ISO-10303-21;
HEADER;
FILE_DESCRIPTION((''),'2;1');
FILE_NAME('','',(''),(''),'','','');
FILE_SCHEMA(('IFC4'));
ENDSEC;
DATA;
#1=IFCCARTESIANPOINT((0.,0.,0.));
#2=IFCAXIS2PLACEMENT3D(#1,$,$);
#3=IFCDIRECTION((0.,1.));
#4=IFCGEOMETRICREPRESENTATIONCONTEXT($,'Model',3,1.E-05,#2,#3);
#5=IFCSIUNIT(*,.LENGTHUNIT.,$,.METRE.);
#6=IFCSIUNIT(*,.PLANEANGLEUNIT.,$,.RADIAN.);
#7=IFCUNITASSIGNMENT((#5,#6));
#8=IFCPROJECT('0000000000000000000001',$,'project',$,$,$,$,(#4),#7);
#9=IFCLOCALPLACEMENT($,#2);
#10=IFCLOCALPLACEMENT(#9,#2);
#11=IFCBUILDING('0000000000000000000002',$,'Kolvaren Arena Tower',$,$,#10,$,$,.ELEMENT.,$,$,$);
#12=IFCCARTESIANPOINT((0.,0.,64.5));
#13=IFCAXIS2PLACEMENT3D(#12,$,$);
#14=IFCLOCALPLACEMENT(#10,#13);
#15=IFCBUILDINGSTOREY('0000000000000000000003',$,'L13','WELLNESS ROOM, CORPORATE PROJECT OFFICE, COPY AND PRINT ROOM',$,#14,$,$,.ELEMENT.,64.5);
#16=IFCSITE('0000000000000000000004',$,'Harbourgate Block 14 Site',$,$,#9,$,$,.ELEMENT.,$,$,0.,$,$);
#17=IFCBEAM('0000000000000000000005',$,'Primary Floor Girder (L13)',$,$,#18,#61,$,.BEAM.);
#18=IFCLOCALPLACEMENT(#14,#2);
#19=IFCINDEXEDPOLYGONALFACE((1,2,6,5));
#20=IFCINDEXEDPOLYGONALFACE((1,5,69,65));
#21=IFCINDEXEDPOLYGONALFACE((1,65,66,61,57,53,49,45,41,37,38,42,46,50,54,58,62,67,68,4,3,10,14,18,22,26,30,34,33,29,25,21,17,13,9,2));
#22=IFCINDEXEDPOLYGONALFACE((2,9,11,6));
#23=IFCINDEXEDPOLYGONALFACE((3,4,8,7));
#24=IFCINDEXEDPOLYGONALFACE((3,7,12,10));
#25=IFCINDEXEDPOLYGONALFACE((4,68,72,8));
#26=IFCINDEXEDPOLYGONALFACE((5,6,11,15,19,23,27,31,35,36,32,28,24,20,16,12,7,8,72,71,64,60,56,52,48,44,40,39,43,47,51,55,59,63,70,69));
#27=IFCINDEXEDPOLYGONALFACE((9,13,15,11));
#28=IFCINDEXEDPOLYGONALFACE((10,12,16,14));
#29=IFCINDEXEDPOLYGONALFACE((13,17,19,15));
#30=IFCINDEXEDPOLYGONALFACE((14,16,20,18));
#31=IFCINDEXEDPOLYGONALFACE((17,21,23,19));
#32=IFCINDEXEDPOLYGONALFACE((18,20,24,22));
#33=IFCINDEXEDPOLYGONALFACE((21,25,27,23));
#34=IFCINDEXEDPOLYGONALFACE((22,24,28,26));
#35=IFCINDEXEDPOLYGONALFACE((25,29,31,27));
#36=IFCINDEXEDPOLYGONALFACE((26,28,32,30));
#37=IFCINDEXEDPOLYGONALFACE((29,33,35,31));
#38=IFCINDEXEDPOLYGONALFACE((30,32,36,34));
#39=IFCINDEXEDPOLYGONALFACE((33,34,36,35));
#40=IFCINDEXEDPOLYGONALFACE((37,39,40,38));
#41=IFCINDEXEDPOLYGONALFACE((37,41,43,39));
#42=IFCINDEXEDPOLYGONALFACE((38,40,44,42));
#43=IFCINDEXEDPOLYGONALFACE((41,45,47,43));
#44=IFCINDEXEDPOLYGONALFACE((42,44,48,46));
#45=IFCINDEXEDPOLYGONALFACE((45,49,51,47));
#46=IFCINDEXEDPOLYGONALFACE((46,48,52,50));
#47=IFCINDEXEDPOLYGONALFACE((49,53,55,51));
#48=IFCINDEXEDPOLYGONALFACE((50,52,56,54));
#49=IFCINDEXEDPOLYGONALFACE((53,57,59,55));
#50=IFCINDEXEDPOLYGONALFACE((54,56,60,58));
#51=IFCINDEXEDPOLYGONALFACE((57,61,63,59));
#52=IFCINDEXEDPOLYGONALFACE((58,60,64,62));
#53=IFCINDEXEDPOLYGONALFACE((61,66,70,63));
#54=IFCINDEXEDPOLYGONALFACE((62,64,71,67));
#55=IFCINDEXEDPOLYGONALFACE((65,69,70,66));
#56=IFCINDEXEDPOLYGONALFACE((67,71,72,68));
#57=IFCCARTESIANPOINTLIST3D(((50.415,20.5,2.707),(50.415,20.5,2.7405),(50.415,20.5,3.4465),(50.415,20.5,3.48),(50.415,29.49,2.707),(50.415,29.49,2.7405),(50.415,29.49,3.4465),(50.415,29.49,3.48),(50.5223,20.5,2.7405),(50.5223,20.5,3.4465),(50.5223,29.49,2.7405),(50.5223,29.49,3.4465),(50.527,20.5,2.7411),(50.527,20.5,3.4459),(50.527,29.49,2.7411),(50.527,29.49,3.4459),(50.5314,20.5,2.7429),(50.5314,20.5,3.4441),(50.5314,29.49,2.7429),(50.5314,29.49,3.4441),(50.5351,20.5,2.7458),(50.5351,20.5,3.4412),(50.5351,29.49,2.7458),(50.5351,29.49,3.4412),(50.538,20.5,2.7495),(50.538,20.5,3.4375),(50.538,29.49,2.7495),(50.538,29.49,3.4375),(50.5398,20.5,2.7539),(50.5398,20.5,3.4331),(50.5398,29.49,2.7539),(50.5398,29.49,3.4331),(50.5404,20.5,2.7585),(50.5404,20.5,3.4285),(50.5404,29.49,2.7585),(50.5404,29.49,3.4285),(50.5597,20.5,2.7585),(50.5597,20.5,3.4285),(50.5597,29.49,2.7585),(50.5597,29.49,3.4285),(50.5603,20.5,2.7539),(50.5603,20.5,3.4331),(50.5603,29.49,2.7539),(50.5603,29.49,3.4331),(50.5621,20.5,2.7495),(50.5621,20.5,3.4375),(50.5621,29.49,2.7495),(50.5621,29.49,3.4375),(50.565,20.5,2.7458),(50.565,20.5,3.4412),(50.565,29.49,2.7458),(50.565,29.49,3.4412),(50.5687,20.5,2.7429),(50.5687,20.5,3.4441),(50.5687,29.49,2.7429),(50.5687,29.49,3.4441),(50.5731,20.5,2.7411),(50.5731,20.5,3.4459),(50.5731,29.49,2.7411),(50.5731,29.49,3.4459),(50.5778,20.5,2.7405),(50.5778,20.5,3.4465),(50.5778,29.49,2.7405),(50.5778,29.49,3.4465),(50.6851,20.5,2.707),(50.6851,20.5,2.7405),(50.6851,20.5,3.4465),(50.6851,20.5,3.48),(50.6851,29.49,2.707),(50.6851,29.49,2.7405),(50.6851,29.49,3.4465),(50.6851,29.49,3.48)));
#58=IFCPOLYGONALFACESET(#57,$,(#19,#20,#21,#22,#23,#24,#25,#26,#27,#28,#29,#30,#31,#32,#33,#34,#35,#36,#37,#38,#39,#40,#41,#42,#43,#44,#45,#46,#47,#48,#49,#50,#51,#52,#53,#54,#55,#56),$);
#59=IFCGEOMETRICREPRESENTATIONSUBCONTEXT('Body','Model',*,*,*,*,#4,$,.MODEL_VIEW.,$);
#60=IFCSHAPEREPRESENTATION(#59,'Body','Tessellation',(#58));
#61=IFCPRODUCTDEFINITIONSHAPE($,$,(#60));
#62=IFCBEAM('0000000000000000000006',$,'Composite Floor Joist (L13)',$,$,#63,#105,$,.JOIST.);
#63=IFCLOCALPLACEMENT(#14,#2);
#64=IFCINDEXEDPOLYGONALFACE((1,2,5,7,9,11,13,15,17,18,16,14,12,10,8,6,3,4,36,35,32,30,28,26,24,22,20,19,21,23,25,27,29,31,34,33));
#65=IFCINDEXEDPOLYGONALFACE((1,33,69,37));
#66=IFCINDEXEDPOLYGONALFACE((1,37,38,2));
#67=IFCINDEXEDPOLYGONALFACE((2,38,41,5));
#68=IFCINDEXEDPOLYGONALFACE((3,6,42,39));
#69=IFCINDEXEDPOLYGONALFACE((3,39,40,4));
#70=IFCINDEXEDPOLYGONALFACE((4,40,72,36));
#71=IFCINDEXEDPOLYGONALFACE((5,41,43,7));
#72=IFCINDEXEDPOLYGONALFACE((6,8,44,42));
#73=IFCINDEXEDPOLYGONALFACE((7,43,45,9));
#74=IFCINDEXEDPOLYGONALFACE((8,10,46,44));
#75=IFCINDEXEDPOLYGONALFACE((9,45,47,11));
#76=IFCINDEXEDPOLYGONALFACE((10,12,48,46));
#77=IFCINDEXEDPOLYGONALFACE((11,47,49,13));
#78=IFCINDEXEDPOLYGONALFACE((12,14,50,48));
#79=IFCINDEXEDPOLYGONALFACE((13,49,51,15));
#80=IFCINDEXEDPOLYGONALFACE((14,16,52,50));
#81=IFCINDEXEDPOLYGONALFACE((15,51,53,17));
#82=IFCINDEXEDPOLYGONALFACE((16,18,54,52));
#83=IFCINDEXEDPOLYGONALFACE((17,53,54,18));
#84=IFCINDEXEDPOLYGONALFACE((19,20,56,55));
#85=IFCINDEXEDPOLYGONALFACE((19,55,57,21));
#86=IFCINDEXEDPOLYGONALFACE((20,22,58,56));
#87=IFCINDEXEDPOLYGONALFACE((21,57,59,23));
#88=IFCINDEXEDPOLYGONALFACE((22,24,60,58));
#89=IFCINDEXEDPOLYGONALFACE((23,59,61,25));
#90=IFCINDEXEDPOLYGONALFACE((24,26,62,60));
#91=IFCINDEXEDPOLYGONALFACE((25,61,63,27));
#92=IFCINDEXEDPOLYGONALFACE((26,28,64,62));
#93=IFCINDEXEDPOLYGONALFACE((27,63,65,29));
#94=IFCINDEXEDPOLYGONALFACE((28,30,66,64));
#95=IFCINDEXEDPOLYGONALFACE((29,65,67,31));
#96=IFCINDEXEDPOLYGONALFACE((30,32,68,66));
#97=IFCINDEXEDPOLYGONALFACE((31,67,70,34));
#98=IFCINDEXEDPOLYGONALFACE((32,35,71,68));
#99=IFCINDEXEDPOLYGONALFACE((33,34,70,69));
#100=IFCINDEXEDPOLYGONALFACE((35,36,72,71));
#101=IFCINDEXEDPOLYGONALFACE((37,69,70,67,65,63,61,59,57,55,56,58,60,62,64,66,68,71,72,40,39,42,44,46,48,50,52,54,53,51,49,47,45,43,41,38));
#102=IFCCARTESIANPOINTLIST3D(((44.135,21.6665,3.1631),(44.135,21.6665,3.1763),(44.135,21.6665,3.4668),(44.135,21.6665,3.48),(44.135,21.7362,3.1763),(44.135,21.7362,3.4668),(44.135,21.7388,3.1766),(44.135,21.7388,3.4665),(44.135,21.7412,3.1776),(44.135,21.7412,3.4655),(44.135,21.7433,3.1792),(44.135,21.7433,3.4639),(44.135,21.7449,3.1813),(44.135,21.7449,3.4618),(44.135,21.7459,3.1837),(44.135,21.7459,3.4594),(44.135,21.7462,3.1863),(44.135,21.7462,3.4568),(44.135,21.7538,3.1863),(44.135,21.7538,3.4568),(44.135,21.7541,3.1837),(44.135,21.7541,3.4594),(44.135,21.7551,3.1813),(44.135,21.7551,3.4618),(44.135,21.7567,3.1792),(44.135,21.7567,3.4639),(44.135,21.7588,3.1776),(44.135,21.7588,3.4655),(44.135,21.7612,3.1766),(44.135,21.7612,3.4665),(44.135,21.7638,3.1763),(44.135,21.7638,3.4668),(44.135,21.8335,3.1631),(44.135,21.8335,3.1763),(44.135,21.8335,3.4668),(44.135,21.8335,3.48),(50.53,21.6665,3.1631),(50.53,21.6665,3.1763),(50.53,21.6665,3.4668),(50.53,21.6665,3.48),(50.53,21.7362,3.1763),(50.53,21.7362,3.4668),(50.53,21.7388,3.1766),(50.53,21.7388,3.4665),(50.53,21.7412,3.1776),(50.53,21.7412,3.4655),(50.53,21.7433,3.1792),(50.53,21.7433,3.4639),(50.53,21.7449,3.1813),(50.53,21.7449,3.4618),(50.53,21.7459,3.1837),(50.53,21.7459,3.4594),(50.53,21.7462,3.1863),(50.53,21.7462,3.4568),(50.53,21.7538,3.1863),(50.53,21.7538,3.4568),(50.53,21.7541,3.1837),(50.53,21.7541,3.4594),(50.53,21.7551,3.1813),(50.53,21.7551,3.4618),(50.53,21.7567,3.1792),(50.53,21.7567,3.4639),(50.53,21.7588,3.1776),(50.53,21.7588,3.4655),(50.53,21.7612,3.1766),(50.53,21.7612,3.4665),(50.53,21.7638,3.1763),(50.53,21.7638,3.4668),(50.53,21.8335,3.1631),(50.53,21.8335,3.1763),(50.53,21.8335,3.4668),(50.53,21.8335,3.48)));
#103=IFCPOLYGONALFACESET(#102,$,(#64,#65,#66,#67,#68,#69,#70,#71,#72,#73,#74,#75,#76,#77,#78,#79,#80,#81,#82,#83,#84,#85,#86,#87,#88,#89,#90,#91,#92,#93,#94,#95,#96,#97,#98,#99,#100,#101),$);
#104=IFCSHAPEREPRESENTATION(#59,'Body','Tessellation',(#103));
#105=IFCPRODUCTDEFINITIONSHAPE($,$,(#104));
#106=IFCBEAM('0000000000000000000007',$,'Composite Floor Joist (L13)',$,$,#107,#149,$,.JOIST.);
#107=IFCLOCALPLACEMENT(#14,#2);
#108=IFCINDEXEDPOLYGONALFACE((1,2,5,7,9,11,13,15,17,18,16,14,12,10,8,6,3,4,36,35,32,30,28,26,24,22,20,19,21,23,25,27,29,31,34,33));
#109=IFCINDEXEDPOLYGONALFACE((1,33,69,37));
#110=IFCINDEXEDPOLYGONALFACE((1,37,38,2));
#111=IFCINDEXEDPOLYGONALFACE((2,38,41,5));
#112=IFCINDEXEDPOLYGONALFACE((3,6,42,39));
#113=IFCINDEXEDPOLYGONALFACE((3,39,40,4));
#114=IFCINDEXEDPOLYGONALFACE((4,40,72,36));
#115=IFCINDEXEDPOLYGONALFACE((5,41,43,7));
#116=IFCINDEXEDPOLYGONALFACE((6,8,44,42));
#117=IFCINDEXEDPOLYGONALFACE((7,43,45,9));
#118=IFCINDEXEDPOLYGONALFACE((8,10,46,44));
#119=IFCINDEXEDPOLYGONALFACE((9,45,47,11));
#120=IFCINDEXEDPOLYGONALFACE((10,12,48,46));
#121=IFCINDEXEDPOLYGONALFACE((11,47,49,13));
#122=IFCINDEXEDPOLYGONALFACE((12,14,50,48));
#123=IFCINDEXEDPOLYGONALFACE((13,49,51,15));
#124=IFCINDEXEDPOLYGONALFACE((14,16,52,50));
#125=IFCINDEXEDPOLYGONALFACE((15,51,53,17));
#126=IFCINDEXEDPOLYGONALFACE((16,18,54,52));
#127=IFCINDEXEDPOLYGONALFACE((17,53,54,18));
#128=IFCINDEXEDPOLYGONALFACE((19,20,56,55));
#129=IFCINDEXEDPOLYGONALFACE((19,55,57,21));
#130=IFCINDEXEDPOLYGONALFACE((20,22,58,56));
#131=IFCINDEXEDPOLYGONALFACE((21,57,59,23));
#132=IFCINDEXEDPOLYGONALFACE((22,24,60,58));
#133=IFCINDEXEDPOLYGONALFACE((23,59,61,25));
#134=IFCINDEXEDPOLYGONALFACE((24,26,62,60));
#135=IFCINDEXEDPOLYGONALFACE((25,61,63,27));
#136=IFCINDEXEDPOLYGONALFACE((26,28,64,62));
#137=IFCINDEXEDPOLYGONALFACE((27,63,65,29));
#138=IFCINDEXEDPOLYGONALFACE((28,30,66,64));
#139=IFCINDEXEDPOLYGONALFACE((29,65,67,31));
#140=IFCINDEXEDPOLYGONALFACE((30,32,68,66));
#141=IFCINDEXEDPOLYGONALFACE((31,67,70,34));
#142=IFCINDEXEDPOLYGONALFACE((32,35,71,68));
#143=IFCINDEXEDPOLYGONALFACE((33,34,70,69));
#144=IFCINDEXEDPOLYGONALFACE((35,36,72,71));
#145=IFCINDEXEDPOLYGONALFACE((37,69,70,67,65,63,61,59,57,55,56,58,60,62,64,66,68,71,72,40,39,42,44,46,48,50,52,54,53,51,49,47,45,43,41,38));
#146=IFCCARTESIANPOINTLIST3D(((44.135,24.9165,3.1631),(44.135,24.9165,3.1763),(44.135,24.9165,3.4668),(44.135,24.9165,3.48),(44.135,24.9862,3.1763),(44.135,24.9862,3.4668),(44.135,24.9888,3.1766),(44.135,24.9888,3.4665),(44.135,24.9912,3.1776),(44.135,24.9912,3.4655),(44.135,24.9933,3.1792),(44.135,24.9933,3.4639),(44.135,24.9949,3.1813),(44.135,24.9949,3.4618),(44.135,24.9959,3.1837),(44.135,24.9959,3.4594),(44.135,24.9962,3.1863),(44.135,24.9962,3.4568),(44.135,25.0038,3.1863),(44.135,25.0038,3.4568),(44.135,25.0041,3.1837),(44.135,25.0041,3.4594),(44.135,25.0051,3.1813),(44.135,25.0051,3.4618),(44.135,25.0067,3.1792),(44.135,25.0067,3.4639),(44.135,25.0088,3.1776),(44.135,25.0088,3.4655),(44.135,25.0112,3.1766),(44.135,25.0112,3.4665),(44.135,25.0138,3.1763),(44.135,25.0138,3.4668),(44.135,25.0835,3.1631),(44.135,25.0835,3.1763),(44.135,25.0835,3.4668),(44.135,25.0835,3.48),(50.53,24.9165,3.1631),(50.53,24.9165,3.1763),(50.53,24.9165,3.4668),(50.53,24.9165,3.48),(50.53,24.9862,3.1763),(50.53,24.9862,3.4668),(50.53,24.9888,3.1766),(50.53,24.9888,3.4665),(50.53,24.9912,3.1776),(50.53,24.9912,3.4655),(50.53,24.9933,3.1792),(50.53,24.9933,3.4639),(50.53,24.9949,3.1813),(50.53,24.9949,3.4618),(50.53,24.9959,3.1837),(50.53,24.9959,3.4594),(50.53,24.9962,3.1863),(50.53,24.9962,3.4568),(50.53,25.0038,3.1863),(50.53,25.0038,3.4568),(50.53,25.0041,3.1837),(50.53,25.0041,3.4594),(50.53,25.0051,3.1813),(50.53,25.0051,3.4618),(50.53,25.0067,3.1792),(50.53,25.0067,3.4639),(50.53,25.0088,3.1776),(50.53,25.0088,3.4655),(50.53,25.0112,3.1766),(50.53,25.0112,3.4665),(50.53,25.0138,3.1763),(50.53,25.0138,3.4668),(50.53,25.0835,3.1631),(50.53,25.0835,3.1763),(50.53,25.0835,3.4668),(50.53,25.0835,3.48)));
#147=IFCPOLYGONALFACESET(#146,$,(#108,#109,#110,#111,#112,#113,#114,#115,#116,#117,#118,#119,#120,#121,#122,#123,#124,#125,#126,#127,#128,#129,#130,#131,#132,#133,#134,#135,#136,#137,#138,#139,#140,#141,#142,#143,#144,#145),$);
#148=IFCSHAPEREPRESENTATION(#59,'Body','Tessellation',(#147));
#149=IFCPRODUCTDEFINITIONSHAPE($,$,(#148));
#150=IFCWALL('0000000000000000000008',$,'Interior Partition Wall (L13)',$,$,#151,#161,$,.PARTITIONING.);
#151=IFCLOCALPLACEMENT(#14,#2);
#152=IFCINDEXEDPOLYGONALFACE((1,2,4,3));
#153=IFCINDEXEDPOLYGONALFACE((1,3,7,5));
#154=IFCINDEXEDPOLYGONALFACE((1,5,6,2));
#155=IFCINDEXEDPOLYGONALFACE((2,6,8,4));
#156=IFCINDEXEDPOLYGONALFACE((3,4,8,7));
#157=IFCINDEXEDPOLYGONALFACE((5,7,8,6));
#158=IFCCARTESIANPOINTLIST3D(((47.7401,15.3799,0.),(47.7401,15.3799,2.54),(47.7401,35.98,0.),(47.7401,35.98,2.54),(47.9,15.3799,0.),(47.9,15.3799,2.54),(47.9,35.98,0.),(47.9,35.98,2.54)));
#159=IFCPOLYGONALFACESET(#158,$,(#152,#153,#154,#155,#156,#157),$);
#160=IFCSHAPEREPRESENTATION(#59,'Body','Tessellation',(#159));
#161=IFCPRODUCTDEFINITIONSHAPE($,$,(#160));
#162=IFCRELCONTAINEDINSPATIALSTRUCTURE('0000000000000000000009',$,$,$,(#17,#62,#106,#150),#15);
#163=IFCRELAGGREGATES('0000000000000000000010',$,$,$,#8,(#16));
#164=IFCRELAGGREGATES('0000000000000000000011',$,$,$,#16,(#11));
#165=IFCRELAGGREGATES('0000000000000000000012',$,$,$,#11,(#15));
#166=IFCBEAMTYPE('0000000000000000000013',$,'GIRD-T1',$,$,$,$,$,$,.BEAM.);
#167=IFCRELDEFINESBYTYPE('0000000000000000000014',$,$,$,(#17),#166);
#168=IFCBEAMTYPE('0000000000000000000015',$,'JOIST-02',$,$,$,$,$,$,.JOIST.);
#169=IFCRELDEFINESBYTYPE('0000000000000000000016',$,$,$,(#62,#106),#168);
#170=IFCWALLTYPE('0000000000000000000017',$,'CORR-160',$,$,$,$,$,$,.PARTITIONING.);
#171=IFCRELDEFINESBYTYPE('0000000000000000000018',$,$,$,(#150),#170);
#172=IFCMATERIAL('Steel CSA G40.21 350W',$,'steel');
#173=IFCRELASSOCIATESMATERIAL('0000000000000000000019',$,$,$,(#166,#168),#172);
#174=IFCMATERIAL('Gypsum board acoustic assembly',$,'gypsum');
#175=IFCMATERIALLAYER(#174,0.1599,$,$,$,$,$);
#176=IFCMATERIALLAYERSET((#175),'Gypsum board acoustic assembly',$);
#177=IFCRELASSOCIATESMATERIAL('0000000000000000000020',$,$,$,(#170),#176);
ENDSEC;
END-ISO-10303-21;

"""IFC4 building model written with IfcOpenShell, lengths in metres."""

from ifc_helpers import new_model, si_unit, direction, frame, frame_2d, origin, origin_2d, place, context, subcontext, project, spatial, rectangle, i_section, extrude, material, layer, layer_set, material_profile, profile_set, type_object, element, save


model = new_model("IFC4")

# Units and contexts
model_context = context("Model", 3, precision=1e-05, world=origin(), true_north=direction((0.0, 1.0)))
body_context = subcontext(model_context, "Body", "Model", "MODEL_VIEW")
ifc_project = project(units=[si_unit("LENGTHUNIT", "METRE"), si_unit("PLANEANGLEUNIT", "RADIAN")], contexts=[model_context])

# Site, building, storey
site_placement = place(None, origin())
site = spatial("IfcSite", under=ifc_project, at=site_placement, Name="Harbourgate Block 14 Site", CompositionType="ELEMENT", RefElevation=0.0)
building_placement = place(site_placement, origin())
building = spatial("IfcBuilding", under=site, at=building_placement, Name="Kolvaren Arena Tower", CompositionType="ELEMENT")
storey_placement = place(building_placement, frame((0.0, 0.0, 64.5)))
storey = spatial("IfcBuildingStorey", under=building, at=storey_placement, Name="L13", Description="WELLNESS ROOM, CORPORATE PROJECT OFFICE, COPY AND PRINT ROOM", CompositionType="ELEMENT", Elevation=64.5)

# Beams
ifc_material_1 = material(Name="Steel CSA G40.21 350W", Category="steel")
ifc_material_profile_1 = material_profile(ifc_material_1, i_section(OverallWidth=0.27, OverallDepth=0.7729, WebThickness=0.0193, FlangeThickness=0.0334, FilletRadius=0.0181, at=origin_2d()), Name="W760x257")
ifc_profile_set_1 = profile_set([ifc_material_profile_1], Name="Steel CSA G40.21 350W")
beam_type_1 = type_object("IfcBeamType", Name="GIRD-T1", PredefinedType="BEAM", material=ifc_profile_set_1)
beam_1_placement = place(storey_placement, frame((50.55, 20.5, 3.0935), z_axis=(0.0, 1.0, 0.0), x_axis=(-1.0, 0.0, 0.0)))
element("IfcBeam", 1, at=beam_1_placement, inside=storey, type_object=beam_type_1, Name="Primary Floor Girder (L13)", PredefinedType="BEAM", context=body_context, shape_type="SweptSolid", body=[
    extrude(i_section(OverallWidth=0.27, OverallDepth=0.7729, WebThickness=0.0193, FlangeThickness=0.0334, FilletRadius=0.0181, at=origin_2d()), origin(), (0.0, 0.0, 1.0), 8.99),
])
ifc_material_profile_2 = material_profile(ifc_material_1, i_section(OverallWidth=0.167, OverallDepth=0.3169, WebThickness=0.0076, FlangeThickness=0.0132, FilletRadius=0.01, at=origin_2d()), Name="W310x52")
ifc_profile_set_2 = profile_set([ifc_material_profile_2], Name="Steel CSA G40.21 350W")
beam_type_2 = type_object("IfcBeamType", Name="JOIST-02", PredefinedType="JOIST", material=ifc_profile_set_2)
for number, where, z_axis, x_axis, name in (
    (2, (44.135, 21.75, 3.3215), (1.0, 0.0, 0.0), (0.0, 1.0, 0.0), "Composite Floor Joist (L13)"),
    (3, (44.135, 25.0, 3.3215), (1.0, 0.0, 0.0), (0.0, 1.0, 0.0), "Composite Floor Joist (L13)"),
):
    element("IfcBeam", number, at=place(storey_placement, frame(where, z_axis=z_axis, x_axis=x_axis)), inside=storey, type_object=beam_type_2, Name=name, PredefinedType="JOIST", context=body_context, shape_type="SweptSolid", body=[
        extrude(i_section(OverallWidth=0.167, OverallDepth=0.3169, WebThickness=0.0076, FlangeThickness=0.0132, FilletRadius=0.01, at=origin_2d()), origin(), (0.0, 0.0, 1.0), 6.395),
    ])

# Wall
ifc_material_2 = material(Name="Gypsum board acoustic assembly", Category="gypsum")
ifc_layer_1 = layer(ifc_material_2, 0.1599)
ifc_layer_set_1 = layer_set([ifc_layer_1], Name="Gypsum board acoustic assembly")
wall_type_1 = type_object("IfcWallType", Name="CORR-160", PredefinedType="PARTITIONING", material=ifc_layer_set_1)
wall_1_placement = place(storey_placement, frame((47.8201, 15.3799, 0.0), z_axis=(0.0, 0.0, 1.0), x_axis=(0.0, 1.0, 0.0)))
element("IfcWall", 4, at=wall_1_placement, inside=storey, type_object=wall_type_1, Name="Interior Partition Wall (L13)", PredefinedType="PARTITIONING", context=body_context, shape_type="SweptSolid", body=[
    extrude(rectangle(XDim=20.6001, YDim=0.1599, at=frame_2d((10.3, 0.0))), origin(), (0.0, 0.0, 1.0), 2.54),
])

save(model, "model.ifc")
